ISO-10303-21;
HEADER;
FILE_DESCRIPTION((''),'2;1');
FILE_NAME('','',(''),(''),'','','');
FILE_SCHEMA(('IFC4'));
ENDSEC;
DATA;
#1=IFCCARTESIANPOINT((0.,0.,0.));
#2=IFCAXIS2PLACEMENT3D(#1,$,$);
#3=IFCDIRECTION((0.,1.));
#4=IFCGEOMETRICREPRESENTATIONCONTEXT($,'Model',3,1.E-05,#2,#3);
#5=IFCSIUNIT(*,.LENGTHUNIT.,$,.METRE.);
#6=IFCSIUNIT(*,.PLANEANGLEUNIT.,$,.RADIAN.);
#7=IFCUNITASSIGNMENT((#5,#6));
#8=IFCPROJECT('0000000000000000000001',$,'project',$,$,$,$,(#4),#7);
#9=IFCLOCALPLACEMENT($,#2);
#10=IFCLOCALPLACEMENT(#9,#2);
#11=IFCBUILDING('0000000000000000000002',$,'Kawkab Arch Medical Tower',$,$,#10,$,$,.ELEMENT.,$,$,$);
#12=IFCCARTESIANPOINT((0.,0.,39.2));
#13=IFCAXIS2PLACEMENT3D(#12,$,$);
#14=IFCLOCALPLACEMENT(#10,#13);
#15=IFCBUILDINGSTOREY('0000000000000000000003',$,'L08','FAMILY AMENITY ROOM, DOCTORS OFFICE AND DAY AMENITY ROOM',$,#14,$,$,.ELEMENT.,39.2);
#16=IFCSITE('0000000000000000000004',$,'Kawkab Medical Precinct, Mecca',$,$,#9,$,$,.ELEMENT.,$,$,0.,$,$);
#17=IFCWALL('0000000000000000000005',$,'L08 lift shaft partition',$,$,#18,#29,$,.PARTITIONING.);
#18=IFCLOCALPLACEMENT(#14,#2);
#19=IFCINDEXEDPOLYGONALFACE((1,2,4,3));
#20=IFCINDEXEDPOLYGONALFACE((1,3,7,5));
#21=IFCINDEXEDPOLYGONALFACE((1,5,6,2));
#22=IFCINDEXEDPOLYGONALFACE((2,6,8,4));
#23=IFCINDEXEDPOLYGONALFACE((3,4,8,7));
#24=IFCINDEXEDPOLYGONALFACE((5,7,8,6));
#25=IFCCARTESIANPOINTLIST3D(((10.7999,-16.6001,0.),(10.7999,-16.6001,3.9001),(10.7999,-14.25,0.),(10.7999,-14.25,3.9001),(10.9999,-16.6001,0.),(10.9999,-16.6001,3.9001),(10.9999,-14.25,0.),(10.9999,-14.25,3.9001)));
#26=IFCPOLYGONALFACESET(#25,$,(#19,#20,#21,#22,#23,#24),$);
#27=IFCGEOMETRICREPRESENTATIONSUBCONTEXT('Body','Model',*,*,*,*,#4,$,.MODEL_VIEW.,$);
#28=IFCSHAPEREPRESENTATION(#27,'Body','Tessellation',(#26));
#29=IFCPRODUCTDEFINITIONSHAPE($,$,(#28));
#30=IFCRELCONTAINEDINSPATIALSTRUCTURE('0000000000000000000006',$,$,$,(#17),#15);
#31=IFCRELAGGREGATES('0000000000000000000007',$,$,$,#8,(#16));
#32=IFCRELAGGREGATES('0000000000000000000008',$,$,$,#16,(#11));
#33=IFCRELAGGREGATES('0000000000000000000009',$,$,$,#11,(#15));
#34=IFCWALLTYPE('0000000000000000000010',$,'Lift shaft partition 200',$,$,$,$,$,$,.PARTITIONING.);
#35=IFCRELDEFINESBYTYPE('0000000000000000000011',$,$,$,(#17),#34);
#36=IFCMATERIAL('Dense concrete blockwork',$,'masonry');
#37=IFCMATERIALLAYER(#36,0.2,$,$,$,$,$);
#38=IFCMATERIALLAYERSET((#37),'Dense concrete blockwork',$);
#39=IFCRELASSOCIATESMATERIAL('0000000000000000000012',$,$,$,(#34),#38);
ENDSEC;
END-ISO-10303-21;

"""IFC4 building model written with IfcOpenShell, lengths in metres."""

from ifc_helpers import new_model, si_unit, direction, frame, frame_2d, origin, place, context, subcontext, project, spatial, rectangle, extrude, material, layer, layer_set, type_object, element, save


model = new_model("IFC4")

# Units and contexts
model_context = context("Model", 3, precision=1e-05, world=origin(), true_north=direction((0.0, 1.0)))
body_context = subcontext(model_context, "Body", "Model", "MODEL_VIEW")
ifc_project = project(units=[si_unit("LENGTHUNIT", "METRE"), si_unit("PLANEANGLEUNIT", "RADIAN")], contexts=[model_context])

# Site, building, storey
site_placement = place(None, origin())
site = spatial("IfcSite", under=ifc_project, at=site_placement, Name="Kawkab Medical Precinct, Mecca", CompositionType="ELEMENT", RefElevation=0.0)
building_placement = place(site_placement, origin())
building = spatial("IfcBuilding", under=site, at=building_placement, Name="Kawkab Arch Medical Tower", CompositionType="ELEMENT")
storey_placement = place(building_placement, frame((0.0, 0.0, 39.2)))
storey = spatial("IfcBuildingStorey", under=building, at=storey_placement, Name="L08", Description="FAMILY AMENITY ROOM, DOCTORS OFFICE AND DAY AMENITY ROOM", CompositionType="ELEMENT", Elevation=39.2)

# Wall
ifc_material_1 = material(Name="Dense concrete blockwork", Category="masonry")
ifc_layer_1 = layer(ifc_material_1, 0.2)
ifc_layer_set_1 = layer_set([ifc_layer_1], Name="Dense concrete blockwork")
wall_type_1 = type_object("IfcWallType", Name="Lift shaft partition 200", PredefinedType="PARTITIONING", material=ifc_layer_set_1)
for number, where, z_axis, x_axis, name in (
    (1, (10.8999, -16.6001, 0.0), (0.0, 0.0, 1.0), (0.0, 1.0, 0.0), "L08 lift shaft partition"),
):
    element("IfcWall", number, at=place(storey_placement, frame(where, z_axis=z_axis, x_axis=x_axis)), inside=storey, type_object=wall_type_1, Name=name, PredefinedType="PARTITIONING", context=body_context, shape_type="SweptSolid", body=[
        extrude(rectangle(XDim=2.3501, YDim=0.2, at=frame_2d((1.175, 0.0))), origin(), (0.0, 0.0, 1.0), 3.9001),
    ])

save(model, "model.ifc")
